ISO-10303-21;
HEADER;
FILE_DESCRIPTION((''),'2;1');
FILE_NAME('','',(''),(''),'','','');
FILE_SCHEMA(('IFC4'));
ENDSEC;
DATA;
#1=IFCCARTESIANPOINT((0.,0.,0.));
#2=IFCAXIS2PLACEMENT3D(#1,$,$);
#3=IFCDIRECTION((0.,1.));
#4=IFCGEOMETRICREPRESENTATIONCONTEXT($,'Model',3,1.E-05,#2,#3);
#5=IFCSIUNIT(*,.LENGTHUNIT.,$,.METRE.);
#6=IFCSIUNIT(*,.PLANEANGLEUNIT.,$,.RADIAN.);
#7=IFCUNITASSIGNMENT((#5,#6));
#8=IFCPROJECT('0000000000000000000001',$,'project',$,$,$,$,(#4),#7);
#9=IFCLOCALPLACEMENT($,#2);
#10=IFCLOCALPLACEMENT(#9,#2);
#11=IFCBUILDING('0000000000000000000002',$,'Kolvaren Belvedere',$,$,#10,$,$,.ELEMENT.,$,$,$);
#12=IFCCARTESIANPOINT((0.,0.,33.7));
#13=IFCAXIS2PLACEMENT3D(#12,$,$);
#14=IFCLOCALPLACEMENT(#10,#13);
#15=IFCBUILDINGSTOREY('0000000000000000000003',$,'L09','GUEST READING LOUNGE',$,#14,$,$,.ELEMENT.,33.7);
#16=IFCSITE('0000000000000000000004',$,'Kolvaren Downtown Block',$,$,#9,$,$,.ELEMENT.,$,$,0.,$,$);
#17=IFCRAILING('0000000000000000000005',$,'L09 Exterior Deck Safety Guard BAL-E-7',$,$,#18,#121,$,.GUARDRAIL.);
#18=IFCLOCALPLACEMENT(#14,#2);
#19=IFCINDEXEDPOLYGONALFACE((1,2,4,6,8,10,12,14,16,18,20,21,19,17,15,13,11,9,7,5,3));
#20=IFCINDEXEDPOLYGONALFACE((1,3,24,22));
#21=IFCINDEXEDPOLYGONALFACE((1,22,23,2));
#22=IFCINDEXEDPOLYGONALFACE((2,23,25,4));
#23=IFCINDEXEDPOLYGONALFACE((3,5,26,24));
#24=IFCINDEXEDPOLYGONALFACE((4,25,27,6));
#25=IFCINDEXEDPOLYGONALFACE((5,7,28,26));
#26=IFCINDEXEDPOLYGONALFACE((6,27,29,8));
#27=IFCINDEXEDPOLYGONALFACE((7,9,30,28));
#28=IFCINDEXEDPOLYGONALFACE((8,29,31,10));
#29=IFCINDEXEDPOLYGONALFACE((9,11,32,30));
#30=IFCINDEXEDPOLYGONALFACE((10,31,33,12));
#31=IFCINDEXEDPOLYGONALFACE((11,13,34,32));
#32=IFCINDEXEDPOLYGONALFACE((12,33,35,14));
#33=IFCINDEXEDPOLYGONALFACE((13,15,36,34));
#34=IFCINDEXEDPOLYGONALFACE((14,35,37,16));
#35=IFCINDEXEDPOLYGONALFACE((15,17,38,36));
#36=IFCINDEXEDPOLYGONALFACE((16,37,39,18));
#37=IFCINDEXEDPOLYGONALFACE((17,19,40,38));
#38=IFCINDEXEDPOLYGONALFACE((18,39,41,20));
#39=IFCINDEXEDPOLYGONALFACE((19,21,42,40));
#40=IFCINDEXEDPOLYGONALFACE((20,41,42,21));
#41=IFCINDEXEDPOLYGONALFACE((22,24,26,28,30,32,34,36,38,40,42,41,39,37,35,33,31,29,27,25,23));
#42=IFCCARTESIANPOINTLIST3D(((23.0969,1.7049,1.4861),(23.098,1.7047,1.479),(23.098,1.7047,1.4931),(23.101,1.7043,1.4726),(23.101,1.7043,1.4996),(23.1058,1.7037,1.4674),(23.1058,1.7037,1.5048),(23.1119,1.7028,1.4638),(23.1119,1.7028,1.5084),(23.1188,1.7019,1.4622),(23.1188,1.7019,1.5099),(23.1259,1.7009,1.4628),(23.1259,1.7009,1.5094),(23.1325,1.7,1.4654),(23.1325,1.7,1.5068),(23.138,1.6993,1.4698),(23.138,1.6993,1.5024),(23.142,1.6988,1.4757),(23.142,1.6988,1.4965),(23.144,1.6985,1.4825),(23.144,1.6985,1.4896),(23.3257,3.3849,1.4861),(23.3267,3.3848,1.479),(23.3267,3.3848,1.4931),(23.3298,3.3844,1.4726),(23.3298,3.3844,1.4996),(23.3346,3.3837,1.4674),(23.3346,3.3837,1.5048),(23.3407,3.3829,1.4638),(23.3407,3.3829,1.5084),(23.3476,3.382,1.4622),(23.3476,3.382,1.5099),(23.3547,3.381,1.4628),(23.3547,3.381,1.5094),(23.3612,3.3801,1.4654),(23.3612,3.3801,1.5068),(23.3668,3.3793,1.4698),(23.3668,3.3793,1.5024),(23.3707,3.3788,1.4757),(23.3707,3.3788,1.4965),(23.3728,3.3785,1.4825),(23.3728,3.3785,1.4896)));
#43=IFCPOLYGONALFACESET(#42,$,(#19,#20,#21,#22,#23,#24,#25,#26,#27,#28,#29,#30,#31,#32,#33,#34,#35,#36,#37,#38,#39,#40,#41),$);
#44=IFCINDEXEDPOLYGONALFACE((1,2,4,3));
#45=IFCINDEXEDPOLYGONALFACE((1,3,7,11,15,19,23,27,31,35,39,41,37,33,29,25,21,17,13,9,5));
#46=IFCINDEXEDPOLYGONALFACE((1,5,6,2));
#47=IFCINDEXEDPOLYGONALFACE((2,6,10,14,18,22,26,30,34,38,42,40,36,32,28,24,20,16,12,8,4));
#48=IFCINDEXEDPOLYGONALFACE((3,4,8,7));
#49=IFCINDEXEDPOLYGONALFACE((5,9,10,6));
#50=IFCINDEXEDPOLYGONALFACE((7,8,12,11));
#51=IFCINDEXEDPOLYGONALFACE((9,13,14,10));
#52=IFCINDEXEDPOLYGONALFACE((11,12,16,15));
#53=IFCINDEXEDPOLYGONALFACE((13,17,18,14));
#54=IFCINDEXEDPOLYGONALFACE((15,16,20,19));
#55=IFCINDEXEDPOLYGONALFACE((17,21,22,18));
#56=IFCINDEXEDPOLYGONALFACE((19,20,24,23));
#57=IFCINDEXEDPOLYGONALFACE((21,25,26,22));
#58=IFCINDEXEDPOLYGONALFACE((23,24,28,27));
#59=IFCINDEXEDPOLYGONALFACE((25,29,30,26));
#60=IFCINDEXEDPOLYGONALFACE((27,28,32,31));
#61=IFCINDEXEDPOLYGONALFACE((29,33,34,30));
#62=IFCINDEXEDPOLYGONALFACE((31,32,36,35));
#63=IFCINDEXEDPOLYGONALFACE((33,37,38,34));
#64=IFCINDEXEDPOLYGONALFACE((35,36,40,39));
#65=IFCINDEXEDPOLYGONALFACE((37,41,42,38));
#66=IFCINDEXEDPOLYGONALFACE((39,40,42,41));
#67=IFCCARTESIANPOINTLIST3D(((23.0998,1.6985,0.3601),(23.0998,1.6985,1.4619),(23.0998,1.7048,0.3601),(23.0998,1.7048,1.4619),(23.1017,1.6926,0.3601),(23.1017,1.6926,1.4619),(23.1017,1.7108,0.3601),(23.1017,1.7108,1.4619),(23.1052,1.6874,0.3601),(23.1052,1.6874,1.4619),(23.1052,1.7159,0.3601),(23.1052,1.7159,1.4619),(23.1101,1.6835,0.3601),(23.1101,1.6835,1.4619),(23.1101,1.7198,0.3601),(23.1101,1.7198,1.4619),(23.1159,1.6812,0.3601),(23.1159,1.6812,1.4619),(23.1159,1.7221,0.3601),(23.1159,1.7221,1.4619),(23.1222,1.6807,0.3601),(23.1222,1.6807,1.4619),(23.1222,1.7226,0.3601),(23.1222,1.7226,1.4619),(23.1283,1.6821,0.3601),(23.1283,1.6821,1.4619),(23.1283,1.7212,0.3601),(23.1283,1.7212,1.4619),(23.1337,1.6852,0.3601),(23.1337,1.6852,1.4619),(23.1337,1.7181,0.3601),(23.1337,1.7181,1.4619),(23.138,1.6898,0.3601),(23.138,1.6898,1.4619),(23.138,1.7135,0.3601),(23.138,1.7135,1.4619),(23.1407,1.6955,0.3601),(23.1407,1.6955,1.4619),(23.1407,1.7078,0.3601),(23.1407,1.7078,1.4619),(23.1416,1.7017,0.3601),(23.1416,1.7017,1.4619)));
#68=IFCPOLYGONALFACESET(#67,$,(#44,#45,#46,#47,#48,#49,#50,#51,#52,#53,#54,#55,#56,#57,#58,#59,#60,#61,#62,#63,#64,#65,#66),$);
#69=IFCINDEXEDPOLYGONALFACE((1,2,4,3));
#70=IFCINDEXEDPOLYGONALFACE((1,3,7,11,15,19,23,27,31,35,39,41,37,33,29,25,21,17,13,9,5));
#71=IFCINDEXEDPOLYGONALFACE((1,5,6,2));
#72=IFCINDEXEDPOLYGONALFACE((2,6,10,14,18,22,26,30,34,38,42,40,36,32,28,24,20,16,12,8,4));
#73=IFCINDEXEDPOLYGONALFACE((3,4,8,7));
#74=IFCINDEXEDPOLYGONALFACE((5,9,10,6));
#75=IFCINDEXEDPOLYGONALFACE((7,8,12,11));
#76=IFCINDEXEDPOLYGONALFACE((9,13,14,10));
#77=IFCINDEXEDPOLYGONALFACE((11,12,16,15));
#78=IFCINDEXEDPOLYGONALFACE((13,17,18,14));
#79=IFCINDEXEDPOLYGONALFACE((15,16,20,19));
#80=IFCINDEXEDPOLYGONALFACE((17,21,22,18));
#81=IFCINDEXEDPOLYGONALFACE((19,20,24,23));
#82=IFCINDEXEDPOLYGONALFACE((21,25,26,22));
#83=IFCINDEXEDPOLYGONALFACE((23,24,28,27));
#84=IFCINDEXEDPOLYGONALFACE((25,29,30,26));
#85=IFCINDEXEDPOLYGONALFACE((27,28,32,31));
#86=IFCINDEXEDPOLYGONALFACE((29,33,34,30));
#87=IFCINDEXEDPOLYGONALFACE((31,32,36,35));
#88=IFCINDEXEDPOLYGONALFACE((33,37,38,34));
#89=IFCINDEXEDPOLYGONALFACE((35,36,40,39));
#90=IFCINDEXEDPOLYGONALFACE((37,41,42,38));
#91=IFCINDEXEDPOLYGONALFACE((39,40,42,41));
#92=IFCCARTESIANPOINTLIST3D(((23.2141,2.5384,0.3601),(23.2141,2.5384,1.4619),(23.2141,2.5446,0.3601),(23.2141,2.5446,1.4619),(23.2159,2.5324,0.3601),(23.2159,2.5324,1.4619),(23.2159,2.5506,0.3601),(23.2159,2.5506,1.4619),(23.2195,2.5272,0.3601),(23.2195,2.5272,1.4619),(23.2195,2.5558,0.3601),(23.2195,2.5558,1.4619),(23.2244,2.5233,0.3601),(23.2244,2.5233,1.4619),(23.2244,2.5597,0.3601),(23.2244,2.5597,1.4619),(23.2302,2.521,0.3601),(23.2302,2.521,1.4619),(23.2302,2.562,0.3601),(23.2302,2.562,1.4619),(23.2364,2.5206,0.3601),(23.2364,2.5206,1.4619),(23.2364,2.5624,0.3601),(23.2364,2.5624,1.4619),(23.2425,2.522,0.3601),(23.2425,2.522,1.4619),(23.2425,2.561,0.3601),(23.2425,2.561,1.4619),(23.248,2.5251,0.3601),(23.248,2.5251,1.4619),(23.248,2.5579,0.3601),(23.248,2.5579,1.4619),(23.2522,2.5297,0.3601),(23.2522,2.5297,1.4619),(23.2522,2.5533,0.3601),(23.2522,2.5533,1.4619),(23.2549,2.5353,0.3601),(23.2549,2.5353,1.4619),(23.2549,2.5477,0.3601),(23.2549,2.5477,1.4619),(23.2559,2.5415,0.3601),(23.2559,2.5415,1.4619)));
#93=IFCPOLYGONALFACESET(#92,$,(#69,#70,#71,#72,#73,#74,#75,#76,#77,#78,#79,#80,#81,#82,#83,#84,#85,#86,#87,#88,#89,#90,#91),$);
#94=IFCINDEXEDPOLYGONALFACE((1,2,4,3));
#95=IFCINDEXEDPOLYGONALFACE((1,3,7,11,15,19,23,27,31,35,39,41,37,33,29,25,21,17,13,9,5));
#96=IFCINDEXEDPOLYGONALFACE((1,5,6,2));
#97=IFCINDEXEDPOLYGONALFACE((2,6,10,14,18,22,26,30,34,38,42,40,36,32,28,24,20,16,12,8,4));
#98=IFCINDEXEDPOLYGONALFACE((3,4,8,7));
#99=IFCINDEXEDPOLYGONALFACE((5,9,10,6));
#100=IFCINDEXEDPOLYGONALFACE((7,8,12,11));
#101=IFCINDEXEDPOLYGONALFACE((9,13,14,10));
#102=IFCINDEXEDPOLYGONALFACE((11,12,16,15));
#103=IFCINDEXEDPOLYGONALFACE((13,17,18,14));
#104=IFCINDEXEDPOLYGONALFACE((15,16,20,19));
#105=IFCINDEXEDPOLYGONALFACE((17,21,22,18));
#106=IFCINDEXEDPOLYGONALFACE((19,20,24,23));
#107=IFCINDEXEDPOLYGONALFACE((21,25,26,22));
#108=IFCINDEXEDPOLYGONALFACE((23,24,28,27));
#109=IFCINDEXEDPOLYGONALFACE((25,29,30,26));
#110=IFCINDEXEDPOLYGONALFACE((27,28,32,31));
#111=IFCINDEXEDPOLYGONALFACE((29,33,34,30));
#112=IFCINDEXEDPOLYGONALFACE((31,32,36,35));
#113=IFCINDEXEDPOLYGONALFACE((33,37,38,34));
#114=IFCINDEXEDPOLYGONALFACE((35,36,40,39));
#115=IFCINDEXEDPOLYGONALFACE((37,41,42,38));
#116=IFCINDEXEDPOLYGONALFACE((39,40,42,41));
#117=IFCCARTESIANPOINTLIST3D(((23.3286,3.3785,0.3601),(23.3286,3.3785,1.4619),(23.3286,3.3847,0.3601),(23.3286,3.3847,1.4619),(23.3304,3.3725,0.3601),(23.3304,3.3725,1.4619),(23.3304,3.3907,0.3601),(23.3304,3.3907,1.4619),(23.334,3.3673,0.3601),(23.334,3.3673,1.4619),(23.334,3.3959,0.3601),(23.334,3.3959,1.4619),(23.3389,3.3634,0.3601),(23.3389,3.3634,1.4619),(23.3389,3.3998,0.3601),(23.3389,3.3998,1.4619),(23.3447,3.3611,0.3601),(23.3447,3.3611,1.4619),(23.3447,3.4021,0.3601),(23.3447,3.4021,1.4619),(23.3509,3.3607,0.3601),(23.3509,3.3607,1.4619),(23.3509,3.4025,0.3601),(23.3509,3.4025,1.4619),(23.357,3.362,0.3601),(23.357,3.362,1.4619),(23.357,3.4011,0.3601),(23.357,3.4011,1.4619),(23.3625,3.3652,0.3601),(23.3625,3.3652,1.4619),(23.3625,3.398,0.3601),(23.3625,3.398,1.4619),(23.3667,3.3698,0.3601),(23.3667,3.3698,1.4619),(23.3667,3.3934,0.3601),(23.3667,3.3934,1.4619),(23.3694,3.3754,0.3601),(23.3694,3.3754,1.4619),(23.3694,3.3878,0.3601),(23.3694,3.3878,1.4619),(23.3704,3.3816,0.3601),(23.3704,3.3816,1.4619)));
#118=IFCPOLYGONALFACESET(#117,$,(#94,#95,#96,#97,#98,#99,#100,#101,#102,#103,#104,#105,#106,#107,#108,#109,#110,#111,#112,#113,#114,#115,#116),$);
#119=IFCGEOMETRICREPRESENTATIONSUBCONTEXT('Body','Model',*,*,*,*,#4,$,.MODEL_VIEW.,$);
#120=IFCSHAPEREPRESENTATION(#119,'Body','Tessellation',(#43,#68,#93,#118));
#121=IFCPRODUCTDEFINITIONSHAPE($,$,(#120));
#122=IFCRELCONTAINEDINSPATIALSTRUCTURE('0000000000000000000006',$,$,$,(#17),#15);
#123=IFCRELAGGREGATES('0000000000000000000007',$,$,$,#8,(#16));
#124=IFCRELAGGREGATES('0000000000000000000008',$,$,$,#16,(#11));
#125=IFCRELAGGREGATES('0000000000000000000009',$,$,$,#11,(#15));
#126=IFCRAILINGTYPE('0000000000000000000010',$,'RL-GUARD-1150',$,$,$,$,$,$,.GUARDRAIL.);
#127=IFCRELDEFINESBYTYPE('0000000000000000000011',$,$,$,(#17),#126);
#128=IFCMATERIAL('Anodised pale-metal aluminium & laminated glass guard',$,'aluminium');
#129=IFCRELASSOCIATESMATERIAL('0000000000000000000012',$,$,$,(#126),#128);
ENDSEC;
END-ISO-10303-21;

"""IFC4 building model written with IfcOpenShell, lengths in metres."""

from ifc_helpers import new_model, si_unit, direction, frame, origin, origin_2d, place, context, subcontext, project, spatial, circle, extrude, material, type_object, element, save


model = new_model("IFC4")

# Units and contexts
model_context = context("Model", 3, precision=1e-05, world=origin(), true_north=direction((0.0, 1.0)))
body_context = subcontext(model_context, "Body", "Model", "MODEL_VIEW")
ifc_project = project(units=[si_unit("LENGTHUNIT", "METRE"), si_unit("PLANEANGLEUNIT", "RADIAN")], contexts=[model_context])

# Site, building, storey
site_placement = place(None, origin())
site = spatial("IfcSite", under=ifc_project, at=site_placement, Name="Kolvaren Downtown Block", CompositionType="ELEMENT", RefElevation=0.0)
building_placement = place(site_placement, origin())
building = spatial("IfcBuilding", under=site, at=building_placement, Name="Kolvaren Belvedere", CompositionType="ELEMENT")
storey_placement = place(building_placement, frame((0.0, 0.0, 33.7)))
storey = spatial("IfcBuildingStorey", under=building, at=storey_placement, Name="L09", Description="GUEST READING LOUNGE", CompositionType="ELEMENT", Elevation=33.7)

# Railing
ifc_material_1 = material(Name="Anodised pale-metal aluminium & laminated glass guard", Category="aluminium")
railing_type = type_object("IfcRailingType", Name="RL-GUARD-1150", PredefinedType="GUARDRAIL", material=ifc_material_1)
railing_1_placement = place(storey_placement, frame((23.1206, 1.7017, 0.3601)))
element("IfcRailing", 1, at=railing_1_placement, inside=storey, type_object=railing_type, Name="L09 Exterior Deck Safety Guard BAL-E-7", PredefinedType="GUARDRAIL", context=body_context, shape_type="SweptSolid", body=[
    extrude(circle(Radius=0.0239, at=origin_2d()), frame((0.0, 0.0, 1.126), z_axis=(0.134927, 0.990856, 0.0), x_axis=(-0.990856, 0.134927, 0.0)), (0.0, 0.0, 1.0), 1.6956),
    extrude(circle(Radius=0.021, at=origin_2d()), origin(), (0.0, 0.0, 1.0), 1.1018),
    extrude(circle(Radius=0.021, at=origin_2d()), frame((0.1143, 0.8398, 0.0)), (0.0, 0.0, 1.0), 1.1018),
    extrude(circle(Radius=0.021, at=origin_2d()), frame((0.2288, 1.6799, 0.0)), (0.0, 0.0, 1.0), 1.1018),
])

save(model, "model.ifc")
